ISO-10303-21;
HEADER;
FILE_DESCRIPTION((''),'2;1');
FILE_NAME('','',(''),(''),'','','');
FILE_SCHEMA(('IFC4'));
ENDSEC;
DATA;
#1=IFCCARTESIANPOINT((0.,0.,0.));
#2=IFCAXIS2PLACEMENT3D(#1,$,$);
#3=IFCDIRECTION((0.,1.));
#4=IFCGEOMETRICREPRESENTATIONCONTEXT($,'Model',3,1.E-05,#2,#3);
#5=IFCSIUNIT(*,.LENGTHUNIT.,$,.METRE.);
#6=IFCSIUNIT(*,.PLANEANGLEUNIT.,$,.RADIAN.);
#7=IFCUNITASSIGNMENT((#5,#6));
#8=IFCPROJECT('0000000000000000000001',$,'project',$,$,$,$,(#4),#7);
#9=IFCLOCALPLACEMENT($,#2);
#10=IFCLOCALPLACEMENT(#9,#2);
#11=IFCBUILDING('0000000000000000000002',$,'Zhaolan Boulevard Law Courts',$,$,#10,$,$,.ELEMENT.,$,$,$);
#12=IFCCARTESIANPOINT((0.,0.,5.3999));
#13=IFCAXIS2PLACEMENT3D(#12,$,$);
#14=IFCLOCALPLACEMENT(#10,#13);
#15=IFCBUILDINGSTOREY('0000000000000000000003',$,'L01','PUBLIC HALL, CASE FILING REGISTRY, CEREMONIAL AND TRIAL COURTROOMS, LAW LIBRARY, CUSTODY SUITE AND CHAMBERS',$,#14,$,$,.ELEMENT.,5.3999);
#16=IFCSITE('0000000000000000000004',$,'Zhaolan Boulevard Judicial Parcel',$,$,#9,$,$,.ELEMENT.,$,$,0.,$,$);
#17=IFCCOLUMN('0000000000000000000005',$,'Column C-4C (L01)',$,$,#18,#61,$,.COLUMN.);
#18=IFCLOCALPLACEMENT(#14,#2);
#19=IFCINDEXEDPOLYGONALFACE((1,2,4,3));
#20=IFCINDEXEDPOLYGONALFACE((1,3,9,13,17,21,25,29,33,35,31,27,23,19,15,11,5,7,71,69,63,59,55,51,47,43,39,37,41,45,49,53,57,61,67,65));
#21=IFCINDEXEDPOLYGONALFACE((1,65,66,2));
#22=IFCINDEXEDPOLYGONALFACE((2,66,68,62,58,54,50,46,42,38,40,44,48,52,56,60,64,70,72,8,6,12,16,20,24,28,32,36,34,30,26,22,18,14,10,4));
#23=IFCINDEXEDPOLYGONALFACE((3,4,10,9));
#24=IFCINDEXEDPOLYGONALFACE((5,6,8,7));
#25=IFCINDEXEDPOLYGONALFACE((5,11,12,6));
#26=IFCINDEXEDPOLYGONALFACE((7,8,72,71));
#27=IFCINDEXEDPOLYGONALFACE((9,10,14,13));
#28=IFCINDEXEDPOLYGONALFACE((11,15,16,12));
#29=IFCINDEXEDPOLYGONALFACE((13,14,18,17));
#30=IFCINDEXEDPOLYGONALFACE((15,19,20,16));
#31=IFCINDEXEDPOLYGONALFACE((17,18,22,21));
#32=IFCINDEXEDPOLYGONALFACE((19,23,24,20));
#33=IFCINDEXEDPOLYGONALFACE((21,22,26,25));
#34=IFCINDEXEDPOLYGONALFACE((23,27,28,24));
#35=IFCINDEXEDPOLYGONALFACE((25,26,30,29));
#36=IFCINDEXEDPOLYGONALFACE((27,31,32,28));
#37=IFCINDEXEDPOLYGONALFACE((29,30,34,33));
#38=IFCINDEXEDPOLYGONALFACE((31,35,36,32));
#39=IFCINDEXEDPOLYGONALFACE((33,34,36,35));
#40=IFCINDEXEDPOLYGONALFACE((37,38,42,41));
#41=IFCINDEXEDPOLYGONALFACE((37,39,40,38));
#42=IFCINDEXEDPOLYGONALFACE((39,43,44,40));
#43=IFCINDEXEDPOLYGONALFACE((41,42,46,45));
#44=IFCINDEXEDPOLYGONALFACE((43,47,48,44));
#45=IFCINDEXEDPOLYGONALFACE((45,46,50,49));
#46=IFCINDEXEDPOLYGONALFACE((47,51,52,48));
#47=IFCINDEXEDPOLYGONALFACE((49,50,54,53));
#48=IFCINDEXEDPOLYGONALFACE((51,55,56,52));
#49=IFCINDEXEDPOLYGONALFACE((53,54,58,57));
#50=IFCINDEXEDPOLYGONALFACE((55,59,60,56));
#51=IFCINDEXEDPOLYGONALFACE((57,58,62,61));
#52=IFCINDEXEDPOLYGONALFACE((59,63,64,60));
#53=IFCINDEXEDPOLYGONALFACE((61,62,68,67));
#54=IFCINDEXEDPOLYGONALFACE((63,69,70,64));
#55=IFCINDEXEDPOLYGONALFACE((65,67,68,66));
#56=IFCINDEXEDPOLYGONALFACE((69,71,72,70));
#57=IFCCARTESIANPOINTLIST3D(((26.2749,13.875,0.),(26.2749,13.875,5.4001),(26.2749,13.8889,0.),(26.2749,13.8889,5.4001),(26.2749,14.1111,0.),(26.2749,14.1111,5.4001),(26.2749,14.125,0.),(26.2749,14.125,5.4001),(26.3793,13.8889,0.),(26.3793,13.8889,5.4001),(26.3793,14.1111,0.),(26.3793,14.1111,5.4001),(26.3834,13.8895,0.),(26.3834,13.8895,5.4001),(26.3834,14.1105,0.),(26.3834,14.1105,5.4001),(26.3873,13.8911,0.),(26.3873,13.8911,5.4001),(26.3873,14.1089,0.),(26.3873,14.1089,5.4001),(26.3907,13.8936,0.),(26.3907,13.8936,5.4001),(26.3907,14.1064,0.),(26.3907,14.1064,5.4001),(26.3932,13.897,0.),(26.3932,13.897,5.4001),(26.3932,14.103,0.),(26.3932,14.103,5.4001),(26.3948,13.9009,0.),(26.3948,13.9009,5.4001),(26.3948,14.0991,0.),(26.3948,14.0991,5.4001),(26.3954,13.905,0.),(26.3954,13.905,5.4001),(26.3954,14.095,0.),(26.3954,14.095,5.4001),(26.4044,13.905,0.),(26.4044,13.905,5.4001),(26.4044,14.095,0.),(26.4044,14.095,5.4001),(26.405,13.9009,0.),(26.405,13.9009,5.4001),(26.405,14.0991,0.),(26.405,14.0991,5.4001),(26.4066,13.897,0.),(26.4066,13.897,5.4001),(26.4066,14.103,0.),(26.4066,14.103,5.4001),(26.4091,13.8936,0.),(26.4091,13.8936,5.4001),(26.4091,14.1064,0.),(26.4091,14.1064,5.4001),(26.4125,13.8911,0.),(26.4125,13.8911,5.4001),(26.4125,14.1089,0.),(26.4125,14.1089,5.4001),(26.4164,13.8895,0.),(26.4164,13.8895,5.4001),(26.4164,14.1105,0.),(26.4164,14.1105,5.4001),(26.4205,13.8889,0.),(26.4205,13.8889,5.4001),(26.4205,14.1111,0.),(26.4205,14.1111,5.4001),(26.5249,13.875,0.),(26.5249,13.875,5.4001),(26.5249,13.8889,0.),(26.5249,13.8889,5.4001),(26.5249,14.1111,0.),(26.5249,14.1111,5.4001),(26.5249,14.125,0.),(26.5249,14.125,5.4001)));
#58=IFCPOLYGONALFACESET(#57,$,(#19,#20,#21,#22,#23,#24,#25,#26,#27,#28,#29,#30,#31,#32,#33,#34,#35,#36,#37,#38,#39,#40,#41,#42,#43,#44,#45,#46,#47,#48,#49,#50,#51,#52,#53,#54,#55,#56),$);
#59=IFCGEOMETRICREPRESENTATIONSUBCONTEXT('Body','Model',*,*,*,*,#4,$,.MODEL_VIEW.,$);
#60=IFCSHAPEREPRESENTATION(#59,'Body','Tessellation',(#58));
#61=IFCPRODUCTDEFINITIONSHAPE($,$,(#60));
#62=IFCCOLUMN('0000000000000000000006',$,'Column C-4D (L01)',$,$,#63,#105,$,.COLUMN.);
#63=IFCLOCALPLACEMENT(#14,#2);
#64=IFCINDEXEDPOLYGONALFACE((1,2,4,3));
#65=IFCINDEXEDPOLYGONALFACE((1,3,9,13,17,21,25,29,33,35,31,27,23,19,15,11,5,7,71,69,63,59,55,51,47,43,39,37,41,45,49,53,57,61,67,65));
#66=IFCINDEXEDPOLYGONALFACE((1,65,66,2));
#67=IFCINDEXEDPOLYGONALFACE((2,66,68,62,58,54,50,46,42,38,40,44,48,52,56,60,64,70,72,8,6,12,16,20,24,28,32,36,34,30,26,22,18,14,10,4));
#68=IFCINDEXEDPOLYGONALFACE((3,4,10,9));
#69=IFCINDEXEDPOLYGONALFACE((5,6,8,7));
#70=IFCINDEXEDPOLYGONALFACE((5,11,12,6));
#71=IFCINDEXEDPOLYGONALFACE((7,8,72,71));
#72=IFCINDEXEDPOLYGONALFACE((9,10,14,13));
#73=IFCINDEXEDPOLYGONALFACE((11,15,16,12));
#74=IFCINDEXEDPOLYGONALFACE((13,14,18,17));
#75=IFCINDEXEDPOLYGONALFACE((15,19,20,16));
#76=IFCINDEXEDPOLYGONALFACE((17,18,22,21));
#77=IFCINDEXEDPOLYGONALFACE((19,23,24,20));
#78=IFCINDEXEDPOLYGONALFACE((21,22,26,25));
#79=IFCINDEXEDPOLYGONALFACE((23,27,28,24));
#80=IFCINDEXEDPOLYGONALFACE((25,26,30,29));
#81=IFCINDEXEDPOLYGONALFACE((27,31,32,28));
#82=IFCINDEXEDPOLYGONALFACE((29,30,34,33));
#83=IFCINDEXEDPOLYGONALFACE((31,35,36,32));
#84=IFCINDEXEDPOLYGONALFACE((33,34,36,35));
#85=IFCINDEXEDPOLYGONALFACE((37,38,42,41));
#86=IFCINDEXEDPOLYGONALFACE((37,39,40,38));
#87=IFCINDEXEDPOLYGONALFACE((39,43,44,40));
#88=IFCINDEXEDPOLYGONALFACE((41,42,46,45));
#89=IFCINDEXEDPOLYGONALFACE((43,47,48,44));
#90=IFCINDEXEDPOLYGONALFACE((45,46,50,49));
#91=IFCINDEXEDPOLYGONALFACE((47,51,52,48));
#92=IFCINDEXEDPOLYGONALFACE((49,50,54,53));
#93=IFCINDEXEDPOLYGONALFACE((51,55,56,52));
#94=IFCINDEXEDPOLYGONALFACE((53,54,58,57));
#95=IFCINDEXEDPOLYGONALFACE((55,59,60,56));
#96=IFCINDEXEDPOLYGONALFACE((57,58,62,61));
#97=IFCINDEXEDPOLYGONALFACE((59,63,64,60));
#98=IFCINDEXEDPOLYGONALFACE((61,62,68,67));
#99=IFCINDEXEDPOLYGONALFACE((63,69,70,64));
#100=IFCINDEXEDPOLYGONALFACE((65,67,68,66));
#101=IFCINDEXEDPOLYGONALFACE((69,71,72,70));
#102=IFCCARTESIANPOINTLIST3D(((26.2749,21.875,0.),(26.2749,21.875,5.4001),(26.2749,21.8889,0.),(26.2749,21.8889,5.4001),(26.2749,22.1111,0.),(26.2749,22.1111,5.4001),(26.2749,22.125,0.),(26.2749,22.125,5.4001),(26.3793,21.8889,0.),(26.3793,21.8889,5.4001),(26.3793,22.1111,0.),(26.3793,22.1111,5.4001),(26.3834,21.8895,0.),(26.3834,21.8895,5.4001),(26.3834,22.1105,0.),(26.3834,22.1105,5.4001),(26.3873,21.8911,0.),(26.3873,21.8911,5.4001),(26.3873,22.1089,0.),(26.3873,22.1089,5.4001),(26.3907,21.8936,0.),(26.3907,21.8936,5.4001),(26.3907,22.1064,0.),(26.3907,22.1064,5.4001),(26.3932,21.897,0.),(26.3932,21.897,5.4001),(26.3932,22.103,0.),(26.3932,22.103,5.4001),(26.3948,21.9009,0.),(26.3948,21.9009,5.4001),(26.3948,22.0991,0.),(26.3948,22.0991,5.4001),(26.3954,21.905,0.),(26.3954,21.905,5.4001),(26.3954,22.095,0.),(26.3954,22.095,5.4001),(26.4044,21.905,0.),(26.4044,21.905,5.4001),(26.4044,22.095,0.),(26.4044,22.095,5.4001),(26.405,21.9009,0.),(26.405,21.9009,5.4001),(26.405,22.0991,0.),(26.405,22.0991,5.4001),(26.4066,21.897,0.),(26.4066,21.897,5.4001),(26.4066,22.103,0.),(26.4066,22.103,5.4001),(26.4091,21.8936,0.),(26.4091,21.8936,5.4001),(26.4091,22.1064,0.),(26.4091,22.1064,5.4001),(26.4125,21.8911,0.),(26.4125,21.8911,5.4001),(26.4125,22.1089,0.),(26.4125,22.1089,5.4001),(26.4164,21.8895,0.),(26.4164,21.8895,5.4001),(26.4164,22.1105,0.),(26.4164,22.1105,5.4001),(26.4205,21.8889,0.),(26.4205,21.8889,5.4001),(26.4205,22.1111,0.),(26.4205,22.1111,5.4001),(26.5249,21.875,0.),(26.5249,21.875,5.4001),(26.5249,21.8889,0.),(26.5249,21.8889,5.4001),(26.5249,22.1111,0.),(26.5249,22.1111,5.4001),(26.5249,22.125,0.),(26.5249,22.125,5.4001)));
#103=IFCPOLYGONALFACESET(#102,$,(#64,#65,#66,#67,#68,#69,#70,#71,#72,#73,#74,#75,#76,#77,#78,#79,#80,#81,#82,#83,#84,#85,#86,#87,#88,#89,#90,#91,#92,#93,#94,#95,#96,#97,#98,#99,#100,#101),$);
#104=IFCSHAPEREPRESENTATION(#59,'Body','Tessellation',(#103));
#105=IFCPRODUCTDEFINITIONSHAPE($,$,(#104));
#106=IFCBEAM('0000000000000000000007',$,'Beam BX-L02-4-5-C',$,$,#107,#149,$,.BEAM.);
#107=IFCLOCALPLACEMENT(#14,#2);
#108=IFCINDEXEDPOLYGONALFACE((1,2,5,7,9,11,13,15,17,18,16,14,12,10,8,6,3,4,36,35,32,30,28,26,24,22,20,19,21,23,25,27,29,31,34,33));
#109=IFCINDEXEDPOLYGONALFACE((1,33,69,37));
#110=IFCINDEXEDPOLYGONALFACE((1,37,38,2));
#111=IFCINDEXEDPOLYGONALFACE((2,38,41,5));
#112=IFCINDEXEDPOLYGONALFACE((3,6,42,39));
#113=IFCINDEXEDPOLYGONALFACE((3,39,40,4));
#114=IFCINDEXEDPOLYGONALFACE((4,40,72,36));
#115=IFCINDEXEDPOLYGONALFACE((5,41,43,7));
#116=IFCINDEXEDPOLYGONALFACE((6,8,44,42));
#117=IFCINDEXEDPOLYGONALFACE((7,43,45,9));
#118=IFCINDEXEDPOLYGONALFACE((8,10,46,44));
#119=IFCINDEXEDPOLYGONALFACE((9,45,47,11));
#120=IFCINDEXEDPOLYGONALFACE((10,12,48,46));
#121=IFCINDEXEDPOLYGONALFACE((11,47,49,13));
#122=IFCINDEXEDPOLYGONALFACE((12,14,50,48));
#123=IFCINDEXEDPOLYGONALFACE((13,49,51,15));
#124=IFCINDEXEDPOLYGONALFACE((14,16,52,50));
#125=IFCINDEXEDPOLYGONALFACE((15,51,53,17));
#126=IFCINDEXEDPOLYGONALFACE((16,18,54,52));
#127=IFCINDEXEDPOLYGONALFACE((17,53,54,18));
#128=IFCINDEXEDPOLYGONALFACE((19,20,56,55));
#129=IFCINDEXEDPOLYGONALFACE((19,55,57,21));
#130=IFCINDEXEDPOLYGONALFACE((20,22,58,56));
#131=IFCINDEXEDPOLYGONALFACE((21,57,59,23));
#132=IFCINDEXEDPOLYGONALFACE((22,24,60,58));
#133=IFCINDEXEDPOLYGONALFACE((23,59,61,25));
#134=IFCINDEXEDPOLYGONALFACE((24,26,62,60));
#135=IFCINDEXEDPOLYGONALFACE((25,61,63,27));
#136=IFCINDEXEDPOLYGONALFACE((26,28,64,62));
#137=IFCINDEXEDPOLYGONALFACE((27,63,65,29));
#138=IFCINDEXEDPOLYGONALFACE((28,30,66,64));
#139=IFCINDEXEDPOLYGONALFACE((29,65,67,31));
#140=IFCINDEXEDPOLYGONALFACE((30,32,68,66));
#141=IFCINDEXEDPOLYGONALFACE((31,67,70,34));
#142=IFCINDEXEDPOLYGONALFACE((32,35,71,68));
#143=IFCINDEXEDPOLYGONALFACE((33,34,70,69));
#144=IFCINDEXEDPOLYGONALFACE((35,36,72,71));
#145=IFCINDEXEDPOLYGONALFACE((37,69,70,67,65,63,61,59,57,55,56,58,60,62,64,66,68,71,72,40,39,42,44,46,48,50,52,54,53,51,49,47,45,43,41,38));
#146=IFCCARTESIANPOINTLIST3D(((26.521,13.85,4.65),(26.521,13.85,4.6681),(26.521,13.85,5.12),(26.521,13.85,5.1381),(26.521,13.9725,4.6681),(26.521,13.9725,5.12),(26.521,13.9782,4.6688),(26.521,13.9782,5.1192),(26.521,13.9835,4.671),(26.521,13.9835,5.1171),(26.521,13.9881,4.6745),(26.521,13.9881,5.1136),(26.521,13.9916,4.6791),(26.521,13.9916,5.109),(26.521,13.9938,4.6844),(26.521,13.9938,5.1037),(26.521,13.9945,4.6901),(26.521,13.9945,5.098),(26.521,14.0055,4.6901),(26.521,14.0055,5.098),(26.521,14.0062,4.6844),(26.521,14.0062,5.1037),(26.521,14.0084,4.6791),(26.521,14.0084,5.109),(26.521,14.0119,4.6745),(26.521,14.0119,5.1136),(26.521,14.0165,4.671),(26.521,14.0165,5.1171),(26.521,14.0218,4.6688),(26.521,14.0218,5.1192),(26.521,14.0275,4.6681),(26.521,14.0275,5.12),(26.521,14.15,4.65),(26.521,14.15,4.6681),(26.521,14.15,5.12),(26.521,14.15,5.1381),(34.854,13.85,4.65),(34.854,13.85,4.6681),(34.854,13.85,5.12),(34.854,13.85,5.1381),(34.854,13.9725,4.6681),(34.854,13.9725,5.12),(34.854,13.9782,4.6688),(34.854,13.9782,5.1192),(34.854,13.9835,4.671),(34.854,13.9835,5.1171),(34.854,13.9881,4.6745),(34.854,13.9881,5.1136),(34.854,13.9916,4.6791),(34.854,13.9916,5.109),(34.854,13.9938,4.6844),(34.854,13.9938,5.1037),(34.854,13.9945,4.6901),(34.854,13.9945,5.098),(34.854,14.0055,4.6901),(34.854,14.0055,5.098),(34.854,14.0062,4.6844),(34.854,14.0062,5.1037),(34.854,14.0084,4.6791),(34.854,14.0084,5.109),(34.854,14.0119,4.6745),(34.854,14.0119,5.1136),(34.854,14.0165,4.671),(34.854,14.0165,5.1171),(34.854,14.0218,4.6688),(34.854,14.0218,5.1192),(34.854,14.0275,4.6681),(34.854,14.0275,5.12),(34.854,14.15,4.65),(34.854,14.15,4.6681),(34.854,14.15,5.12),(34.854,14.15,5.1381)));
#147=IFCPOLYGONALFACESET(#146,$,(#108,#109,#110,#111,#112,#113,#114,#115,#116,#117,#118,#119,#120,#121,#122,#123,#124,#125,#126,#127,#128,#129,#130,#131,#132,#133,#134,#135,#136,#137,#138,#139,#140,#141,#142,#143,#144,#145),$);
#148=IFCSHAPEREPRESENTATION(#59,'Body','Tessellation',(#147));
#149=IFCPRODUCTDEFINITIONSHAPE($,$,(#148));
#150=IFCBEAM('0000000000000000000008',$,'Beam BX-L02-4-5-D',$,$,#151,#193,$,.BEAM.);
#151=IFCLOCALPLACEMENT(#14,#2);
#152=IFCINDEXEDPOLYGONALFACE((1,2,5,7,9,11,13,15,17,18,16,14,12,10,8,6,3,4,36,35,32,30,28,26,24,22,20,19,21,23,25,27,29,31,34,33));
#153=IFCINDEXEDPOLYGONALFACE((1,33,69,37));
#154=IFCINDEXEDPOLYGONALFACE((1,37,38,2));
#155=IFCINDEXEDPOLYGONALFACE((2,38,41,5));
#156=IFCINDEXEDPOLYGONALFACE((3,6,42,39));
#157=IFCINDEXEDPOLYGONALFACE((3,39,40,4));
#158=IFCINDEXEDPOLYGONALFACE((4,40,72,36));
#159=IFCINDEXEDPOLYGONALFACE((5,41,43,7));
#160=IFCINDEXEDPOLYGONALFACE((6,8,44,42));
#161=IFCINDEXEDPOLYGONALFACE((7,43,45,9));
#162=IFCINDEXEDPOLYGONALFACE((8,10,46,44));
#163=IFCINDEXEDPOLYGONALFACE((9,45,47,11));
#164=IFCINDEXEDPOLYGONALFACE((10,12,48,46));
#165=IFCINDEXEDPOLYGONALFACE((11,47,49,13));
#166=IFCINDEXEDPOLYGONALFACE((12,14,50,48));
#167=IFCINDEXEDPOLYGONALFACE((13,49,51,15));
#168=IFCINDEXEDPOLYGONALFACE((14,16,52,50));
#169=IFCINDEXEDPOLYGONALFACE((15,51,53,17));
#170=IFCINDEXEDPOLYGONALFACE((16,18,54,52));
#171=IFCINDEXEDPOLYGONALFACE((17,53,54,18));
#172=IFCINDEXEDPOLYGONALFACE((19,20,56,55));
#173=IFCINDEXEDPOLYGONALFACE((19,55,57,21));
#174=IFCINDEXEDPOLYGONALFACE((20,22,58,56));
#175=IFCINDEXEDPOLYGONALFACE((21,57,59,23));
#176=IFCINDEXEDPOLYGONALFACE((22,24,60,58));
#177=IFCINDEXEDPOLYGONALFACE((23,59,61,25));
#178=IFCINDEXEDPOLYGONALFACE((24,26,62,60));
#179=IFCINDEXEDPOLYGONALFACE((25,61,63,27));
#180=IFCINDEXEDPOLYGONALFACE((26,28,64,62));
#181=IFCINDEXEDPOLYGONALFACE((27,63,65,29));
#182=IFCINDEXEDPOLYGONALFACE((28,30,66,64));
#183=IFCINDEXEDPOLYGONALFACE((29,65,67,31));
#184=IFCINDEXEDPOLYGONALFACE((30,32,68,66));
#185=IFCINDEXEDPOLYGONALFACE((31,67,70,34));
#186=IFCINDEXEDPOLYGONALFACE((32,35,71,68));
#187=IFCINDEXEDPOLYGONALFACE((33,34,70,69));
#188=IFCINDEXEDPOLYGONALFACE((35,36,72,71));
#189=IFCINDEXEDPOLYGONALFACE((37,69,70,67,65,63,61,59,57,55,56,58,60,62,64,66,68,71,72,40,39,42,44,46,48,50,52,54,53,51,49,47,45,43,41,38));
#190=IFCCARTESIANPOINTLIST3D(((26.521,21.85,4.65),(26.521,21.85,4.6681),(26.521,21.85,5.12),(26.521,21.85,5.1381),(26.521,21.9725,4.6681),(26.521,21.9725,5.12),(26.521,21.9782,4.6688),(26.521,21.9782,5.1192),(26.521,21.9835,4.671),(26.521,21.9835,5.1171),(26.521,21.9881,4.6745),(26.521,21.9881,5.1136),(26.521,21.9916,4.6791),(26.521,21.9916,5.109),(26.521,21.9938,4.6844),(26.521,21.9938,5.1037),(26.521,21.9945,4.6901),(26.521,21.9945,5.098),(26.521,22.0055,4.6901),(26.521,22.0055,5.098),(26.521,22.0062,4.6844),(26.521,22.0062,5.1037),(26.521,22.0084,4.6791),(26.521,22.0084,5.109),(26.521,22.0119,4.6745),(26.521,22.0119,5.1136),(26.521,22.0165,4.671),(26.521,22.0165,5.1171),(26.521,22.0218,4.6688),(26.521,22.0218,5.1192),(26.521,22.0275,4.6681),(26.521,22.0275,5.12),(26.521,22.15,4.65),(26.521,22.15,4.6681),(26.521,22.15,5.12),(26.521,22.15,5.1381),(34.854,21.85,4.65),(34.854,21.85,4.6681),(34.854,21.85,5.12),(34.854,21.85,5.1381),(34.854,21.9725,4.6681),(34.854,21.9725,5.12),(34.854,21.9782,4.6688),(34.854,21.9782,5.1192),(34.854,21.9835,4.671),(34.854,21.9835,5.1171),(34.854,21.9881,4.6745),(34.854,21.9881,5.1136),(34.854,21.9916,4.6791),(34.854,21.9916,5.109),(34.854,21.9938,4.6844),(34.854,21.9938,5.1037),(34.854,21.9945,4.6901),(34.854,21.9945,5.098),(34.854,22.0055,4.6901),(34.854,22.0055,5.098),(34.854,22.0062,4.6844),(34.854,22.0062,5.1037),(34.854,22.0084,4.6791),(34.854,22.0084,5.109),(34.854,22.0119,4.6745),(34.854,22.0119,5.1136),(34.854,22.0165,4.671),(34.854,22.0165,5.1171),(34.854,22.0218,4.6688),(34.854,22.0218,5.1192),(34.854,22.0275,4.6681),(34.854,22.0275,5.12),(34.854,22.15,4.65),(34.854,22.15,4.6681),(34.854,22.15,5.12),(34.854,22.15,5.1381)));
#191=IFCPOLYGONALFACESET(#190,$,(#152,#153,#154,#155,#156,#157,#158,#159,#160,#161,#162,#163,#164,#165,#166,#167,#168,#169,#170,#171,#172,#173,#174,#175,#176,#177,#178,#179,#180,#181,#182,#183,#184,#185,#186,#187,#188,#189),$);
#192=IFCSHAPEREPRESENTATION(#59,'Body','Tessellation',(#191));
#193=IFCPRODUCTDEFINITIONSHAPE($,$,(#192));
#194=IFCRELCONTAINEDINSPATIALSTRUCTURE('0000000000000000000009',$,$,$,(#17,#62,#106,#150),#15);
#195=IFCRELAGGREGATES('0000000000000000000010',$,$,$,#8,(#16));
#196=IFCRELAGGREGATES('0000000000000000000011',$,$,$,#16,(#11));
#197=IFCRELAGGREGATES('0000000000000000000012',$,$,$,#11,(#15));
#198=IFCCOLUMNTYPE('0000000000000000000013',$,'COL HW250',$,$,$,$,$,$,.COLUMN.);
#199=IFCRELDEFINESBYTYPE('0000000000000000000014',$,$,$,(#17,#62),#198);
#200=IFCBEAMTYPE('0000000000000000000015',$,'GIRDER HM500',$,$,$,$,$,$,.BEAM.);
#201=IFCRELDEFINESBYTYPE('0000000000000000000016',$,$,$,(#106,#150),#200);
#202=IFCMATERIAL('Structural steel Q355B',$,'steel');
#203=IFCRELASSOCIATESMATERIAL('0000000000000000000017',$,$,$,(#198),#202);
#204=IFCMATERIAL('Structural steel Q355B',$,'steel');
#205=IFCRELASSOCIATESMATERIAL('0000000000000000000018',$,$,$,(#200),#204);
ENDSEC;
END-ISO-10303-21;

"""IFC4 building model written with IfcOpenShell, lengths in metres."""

from ifc_helpers import new_model, si_unit, direction, frame, origin, origin_2d, place, context, subcontext, project, spatial, i_section, extrude, material, material_profile, profile_set, type_object, element, save


model = new_model("IFC4")

# Units and contexts
model_context = context("Model", 3, precision=1e-05, world=origin(), true_north=direction((0.0, 1.0)))
body_context = subcontext(model_context, "Body", "Model", "MODEL_VIEW")
ifc_project = project(units=[si_unit("LENGTHUNIT", "METRE"), si_unit("PLANEANGLEUNIT", "RADIAN")], contexts=[model_context])

# Site, building, storey
site_placement = place(None, origin())
site = spatial("IfcSite", under=ifc_project, at=site_placement, Name="Zhaolan Boulevard Judicial Parcel", CompositionType="ELEMENT", RefElevation=0.0)
building_placement = place(site_placement, origin())
building = spatial("IfcBuilding", under=site, at=building_placement, Name="Zhaolan Boulevard Law Courts", CompositionType="ELEMENT")
storey_placement = place(building_placement, frame((0.0, 0.0, 5.3999)))
storey = spatial("IfcBuildingStorey", under=building, at=storey_placement, Name="L01", Description="PUBLIC HALL, CASE FILING REGISTRY, CEREMONIAL AND TRIAL COURTROOMS, LAW LIBRARY, CUSTODY SUITE AND CHAMBERS", CompositionType="ELEMENT", Elevation=5.3999)

# Columns
ifc_material_1 = material(Name="Structural steel Q355B", Category="steel")
ifc_material_profile_1 = material_profile(ifc_material_1, i_section(OverallWidth=0.25, OverallDepth=0.25, WebThickness=0.009, FlangeThickness=0.0139, FilletRadius=0.0161, at=origin_2d()), Name="HW250x250")
ifc_profile_set_1 = profile_set([ifc_material_profile_1], Name="Structural steel Q355B")
column_type = type_object("IfcColumnType", Name="COL HW250", PredefinedType="COLUMN", material=ifc_profile_set_1)
for number, where, z_axis, x_axis, name in (
    (1, (26.3999, 14.0, 0.0), (0.0, 0.0, 1.0), (1.0, 0.0, 0.0), "Column C-4C (L01)"),
    (2, (26.3999, 22.0, 0.0), (0.0, 0.0, 1.0), (1.0, 0.0, 0.0), "Column C-4D (L01)"),
):
    element("IfcColumn", number, at=place(storey_placement, frame(where, z_axis=z_axis, x_axis=x_axis)), inside=storey, type_object=column_type, Name=name, PredefinedType="COLUMN", context=body_context, shape_type="SweptSolid", body=[
        extrude(i_section(OverallWidth=0.25, OverallDepth=0.25, WebThickness=0.009, FlangeThickness=0.0139, FilletRadius=0.0161, at=origin_2d()), origin(), (0.0, 0.0, 1.0), 5.4001),
    ])

# Beams
ifc_material_2 = material(Name="Structural steel Q355B", Category="steel")
ifc_material_profile_2 = material_profile(ifc_material_2, i_section(OverallWidth=0.3, OverallDepth=0.488, WebThickness=0.011, FlangeThickness=0.0181, FilletRadius=0.022, at=origin_2d()), Name="HM488x300")
ifc_profile_set_2 = profile_set([ifc_material_profile_2], Name="Structural steel Q355B")
beam_type_1 = type_object("IfcBeamType", Name="GIRDER HM500", PredefinedType="BEAM", material=ifc_profile_set_2)
for number, where, z_axis, x_axis, name in (
    (3, (26.521, 14.0, 4.894), (1.0, 0.0, 0.0), (0.0, 1.0, 0.0), "Beam BX-L02-4-5-C"),
    (4, (26.521, 22.0, 4.894), (1.0, 0.0, 0.0), (0.0, 1.0, 0.0), "Beam BX-L02-4-5-D"),
):
    element("IfcBeam", number, at=place(storey_placement, frame(where, z_axis=z_axis, x_axis=x_axis)), inside=storey, type_object=beam_type_1, Name=name, PredefinedType="BEAM", context=body_context, shape_type="SweptSolid", body=[
        extrude(i_section(OverallWidth=0.3, OverallDepth=0.488, WebThickness=0.011, FlangeThickness=0.0181, FilletRadius=0.022, at=origin_2d()), origin(), (0.0, 0.0, 1.0), 8.333),
    ])

save(model, "model.ifc")
